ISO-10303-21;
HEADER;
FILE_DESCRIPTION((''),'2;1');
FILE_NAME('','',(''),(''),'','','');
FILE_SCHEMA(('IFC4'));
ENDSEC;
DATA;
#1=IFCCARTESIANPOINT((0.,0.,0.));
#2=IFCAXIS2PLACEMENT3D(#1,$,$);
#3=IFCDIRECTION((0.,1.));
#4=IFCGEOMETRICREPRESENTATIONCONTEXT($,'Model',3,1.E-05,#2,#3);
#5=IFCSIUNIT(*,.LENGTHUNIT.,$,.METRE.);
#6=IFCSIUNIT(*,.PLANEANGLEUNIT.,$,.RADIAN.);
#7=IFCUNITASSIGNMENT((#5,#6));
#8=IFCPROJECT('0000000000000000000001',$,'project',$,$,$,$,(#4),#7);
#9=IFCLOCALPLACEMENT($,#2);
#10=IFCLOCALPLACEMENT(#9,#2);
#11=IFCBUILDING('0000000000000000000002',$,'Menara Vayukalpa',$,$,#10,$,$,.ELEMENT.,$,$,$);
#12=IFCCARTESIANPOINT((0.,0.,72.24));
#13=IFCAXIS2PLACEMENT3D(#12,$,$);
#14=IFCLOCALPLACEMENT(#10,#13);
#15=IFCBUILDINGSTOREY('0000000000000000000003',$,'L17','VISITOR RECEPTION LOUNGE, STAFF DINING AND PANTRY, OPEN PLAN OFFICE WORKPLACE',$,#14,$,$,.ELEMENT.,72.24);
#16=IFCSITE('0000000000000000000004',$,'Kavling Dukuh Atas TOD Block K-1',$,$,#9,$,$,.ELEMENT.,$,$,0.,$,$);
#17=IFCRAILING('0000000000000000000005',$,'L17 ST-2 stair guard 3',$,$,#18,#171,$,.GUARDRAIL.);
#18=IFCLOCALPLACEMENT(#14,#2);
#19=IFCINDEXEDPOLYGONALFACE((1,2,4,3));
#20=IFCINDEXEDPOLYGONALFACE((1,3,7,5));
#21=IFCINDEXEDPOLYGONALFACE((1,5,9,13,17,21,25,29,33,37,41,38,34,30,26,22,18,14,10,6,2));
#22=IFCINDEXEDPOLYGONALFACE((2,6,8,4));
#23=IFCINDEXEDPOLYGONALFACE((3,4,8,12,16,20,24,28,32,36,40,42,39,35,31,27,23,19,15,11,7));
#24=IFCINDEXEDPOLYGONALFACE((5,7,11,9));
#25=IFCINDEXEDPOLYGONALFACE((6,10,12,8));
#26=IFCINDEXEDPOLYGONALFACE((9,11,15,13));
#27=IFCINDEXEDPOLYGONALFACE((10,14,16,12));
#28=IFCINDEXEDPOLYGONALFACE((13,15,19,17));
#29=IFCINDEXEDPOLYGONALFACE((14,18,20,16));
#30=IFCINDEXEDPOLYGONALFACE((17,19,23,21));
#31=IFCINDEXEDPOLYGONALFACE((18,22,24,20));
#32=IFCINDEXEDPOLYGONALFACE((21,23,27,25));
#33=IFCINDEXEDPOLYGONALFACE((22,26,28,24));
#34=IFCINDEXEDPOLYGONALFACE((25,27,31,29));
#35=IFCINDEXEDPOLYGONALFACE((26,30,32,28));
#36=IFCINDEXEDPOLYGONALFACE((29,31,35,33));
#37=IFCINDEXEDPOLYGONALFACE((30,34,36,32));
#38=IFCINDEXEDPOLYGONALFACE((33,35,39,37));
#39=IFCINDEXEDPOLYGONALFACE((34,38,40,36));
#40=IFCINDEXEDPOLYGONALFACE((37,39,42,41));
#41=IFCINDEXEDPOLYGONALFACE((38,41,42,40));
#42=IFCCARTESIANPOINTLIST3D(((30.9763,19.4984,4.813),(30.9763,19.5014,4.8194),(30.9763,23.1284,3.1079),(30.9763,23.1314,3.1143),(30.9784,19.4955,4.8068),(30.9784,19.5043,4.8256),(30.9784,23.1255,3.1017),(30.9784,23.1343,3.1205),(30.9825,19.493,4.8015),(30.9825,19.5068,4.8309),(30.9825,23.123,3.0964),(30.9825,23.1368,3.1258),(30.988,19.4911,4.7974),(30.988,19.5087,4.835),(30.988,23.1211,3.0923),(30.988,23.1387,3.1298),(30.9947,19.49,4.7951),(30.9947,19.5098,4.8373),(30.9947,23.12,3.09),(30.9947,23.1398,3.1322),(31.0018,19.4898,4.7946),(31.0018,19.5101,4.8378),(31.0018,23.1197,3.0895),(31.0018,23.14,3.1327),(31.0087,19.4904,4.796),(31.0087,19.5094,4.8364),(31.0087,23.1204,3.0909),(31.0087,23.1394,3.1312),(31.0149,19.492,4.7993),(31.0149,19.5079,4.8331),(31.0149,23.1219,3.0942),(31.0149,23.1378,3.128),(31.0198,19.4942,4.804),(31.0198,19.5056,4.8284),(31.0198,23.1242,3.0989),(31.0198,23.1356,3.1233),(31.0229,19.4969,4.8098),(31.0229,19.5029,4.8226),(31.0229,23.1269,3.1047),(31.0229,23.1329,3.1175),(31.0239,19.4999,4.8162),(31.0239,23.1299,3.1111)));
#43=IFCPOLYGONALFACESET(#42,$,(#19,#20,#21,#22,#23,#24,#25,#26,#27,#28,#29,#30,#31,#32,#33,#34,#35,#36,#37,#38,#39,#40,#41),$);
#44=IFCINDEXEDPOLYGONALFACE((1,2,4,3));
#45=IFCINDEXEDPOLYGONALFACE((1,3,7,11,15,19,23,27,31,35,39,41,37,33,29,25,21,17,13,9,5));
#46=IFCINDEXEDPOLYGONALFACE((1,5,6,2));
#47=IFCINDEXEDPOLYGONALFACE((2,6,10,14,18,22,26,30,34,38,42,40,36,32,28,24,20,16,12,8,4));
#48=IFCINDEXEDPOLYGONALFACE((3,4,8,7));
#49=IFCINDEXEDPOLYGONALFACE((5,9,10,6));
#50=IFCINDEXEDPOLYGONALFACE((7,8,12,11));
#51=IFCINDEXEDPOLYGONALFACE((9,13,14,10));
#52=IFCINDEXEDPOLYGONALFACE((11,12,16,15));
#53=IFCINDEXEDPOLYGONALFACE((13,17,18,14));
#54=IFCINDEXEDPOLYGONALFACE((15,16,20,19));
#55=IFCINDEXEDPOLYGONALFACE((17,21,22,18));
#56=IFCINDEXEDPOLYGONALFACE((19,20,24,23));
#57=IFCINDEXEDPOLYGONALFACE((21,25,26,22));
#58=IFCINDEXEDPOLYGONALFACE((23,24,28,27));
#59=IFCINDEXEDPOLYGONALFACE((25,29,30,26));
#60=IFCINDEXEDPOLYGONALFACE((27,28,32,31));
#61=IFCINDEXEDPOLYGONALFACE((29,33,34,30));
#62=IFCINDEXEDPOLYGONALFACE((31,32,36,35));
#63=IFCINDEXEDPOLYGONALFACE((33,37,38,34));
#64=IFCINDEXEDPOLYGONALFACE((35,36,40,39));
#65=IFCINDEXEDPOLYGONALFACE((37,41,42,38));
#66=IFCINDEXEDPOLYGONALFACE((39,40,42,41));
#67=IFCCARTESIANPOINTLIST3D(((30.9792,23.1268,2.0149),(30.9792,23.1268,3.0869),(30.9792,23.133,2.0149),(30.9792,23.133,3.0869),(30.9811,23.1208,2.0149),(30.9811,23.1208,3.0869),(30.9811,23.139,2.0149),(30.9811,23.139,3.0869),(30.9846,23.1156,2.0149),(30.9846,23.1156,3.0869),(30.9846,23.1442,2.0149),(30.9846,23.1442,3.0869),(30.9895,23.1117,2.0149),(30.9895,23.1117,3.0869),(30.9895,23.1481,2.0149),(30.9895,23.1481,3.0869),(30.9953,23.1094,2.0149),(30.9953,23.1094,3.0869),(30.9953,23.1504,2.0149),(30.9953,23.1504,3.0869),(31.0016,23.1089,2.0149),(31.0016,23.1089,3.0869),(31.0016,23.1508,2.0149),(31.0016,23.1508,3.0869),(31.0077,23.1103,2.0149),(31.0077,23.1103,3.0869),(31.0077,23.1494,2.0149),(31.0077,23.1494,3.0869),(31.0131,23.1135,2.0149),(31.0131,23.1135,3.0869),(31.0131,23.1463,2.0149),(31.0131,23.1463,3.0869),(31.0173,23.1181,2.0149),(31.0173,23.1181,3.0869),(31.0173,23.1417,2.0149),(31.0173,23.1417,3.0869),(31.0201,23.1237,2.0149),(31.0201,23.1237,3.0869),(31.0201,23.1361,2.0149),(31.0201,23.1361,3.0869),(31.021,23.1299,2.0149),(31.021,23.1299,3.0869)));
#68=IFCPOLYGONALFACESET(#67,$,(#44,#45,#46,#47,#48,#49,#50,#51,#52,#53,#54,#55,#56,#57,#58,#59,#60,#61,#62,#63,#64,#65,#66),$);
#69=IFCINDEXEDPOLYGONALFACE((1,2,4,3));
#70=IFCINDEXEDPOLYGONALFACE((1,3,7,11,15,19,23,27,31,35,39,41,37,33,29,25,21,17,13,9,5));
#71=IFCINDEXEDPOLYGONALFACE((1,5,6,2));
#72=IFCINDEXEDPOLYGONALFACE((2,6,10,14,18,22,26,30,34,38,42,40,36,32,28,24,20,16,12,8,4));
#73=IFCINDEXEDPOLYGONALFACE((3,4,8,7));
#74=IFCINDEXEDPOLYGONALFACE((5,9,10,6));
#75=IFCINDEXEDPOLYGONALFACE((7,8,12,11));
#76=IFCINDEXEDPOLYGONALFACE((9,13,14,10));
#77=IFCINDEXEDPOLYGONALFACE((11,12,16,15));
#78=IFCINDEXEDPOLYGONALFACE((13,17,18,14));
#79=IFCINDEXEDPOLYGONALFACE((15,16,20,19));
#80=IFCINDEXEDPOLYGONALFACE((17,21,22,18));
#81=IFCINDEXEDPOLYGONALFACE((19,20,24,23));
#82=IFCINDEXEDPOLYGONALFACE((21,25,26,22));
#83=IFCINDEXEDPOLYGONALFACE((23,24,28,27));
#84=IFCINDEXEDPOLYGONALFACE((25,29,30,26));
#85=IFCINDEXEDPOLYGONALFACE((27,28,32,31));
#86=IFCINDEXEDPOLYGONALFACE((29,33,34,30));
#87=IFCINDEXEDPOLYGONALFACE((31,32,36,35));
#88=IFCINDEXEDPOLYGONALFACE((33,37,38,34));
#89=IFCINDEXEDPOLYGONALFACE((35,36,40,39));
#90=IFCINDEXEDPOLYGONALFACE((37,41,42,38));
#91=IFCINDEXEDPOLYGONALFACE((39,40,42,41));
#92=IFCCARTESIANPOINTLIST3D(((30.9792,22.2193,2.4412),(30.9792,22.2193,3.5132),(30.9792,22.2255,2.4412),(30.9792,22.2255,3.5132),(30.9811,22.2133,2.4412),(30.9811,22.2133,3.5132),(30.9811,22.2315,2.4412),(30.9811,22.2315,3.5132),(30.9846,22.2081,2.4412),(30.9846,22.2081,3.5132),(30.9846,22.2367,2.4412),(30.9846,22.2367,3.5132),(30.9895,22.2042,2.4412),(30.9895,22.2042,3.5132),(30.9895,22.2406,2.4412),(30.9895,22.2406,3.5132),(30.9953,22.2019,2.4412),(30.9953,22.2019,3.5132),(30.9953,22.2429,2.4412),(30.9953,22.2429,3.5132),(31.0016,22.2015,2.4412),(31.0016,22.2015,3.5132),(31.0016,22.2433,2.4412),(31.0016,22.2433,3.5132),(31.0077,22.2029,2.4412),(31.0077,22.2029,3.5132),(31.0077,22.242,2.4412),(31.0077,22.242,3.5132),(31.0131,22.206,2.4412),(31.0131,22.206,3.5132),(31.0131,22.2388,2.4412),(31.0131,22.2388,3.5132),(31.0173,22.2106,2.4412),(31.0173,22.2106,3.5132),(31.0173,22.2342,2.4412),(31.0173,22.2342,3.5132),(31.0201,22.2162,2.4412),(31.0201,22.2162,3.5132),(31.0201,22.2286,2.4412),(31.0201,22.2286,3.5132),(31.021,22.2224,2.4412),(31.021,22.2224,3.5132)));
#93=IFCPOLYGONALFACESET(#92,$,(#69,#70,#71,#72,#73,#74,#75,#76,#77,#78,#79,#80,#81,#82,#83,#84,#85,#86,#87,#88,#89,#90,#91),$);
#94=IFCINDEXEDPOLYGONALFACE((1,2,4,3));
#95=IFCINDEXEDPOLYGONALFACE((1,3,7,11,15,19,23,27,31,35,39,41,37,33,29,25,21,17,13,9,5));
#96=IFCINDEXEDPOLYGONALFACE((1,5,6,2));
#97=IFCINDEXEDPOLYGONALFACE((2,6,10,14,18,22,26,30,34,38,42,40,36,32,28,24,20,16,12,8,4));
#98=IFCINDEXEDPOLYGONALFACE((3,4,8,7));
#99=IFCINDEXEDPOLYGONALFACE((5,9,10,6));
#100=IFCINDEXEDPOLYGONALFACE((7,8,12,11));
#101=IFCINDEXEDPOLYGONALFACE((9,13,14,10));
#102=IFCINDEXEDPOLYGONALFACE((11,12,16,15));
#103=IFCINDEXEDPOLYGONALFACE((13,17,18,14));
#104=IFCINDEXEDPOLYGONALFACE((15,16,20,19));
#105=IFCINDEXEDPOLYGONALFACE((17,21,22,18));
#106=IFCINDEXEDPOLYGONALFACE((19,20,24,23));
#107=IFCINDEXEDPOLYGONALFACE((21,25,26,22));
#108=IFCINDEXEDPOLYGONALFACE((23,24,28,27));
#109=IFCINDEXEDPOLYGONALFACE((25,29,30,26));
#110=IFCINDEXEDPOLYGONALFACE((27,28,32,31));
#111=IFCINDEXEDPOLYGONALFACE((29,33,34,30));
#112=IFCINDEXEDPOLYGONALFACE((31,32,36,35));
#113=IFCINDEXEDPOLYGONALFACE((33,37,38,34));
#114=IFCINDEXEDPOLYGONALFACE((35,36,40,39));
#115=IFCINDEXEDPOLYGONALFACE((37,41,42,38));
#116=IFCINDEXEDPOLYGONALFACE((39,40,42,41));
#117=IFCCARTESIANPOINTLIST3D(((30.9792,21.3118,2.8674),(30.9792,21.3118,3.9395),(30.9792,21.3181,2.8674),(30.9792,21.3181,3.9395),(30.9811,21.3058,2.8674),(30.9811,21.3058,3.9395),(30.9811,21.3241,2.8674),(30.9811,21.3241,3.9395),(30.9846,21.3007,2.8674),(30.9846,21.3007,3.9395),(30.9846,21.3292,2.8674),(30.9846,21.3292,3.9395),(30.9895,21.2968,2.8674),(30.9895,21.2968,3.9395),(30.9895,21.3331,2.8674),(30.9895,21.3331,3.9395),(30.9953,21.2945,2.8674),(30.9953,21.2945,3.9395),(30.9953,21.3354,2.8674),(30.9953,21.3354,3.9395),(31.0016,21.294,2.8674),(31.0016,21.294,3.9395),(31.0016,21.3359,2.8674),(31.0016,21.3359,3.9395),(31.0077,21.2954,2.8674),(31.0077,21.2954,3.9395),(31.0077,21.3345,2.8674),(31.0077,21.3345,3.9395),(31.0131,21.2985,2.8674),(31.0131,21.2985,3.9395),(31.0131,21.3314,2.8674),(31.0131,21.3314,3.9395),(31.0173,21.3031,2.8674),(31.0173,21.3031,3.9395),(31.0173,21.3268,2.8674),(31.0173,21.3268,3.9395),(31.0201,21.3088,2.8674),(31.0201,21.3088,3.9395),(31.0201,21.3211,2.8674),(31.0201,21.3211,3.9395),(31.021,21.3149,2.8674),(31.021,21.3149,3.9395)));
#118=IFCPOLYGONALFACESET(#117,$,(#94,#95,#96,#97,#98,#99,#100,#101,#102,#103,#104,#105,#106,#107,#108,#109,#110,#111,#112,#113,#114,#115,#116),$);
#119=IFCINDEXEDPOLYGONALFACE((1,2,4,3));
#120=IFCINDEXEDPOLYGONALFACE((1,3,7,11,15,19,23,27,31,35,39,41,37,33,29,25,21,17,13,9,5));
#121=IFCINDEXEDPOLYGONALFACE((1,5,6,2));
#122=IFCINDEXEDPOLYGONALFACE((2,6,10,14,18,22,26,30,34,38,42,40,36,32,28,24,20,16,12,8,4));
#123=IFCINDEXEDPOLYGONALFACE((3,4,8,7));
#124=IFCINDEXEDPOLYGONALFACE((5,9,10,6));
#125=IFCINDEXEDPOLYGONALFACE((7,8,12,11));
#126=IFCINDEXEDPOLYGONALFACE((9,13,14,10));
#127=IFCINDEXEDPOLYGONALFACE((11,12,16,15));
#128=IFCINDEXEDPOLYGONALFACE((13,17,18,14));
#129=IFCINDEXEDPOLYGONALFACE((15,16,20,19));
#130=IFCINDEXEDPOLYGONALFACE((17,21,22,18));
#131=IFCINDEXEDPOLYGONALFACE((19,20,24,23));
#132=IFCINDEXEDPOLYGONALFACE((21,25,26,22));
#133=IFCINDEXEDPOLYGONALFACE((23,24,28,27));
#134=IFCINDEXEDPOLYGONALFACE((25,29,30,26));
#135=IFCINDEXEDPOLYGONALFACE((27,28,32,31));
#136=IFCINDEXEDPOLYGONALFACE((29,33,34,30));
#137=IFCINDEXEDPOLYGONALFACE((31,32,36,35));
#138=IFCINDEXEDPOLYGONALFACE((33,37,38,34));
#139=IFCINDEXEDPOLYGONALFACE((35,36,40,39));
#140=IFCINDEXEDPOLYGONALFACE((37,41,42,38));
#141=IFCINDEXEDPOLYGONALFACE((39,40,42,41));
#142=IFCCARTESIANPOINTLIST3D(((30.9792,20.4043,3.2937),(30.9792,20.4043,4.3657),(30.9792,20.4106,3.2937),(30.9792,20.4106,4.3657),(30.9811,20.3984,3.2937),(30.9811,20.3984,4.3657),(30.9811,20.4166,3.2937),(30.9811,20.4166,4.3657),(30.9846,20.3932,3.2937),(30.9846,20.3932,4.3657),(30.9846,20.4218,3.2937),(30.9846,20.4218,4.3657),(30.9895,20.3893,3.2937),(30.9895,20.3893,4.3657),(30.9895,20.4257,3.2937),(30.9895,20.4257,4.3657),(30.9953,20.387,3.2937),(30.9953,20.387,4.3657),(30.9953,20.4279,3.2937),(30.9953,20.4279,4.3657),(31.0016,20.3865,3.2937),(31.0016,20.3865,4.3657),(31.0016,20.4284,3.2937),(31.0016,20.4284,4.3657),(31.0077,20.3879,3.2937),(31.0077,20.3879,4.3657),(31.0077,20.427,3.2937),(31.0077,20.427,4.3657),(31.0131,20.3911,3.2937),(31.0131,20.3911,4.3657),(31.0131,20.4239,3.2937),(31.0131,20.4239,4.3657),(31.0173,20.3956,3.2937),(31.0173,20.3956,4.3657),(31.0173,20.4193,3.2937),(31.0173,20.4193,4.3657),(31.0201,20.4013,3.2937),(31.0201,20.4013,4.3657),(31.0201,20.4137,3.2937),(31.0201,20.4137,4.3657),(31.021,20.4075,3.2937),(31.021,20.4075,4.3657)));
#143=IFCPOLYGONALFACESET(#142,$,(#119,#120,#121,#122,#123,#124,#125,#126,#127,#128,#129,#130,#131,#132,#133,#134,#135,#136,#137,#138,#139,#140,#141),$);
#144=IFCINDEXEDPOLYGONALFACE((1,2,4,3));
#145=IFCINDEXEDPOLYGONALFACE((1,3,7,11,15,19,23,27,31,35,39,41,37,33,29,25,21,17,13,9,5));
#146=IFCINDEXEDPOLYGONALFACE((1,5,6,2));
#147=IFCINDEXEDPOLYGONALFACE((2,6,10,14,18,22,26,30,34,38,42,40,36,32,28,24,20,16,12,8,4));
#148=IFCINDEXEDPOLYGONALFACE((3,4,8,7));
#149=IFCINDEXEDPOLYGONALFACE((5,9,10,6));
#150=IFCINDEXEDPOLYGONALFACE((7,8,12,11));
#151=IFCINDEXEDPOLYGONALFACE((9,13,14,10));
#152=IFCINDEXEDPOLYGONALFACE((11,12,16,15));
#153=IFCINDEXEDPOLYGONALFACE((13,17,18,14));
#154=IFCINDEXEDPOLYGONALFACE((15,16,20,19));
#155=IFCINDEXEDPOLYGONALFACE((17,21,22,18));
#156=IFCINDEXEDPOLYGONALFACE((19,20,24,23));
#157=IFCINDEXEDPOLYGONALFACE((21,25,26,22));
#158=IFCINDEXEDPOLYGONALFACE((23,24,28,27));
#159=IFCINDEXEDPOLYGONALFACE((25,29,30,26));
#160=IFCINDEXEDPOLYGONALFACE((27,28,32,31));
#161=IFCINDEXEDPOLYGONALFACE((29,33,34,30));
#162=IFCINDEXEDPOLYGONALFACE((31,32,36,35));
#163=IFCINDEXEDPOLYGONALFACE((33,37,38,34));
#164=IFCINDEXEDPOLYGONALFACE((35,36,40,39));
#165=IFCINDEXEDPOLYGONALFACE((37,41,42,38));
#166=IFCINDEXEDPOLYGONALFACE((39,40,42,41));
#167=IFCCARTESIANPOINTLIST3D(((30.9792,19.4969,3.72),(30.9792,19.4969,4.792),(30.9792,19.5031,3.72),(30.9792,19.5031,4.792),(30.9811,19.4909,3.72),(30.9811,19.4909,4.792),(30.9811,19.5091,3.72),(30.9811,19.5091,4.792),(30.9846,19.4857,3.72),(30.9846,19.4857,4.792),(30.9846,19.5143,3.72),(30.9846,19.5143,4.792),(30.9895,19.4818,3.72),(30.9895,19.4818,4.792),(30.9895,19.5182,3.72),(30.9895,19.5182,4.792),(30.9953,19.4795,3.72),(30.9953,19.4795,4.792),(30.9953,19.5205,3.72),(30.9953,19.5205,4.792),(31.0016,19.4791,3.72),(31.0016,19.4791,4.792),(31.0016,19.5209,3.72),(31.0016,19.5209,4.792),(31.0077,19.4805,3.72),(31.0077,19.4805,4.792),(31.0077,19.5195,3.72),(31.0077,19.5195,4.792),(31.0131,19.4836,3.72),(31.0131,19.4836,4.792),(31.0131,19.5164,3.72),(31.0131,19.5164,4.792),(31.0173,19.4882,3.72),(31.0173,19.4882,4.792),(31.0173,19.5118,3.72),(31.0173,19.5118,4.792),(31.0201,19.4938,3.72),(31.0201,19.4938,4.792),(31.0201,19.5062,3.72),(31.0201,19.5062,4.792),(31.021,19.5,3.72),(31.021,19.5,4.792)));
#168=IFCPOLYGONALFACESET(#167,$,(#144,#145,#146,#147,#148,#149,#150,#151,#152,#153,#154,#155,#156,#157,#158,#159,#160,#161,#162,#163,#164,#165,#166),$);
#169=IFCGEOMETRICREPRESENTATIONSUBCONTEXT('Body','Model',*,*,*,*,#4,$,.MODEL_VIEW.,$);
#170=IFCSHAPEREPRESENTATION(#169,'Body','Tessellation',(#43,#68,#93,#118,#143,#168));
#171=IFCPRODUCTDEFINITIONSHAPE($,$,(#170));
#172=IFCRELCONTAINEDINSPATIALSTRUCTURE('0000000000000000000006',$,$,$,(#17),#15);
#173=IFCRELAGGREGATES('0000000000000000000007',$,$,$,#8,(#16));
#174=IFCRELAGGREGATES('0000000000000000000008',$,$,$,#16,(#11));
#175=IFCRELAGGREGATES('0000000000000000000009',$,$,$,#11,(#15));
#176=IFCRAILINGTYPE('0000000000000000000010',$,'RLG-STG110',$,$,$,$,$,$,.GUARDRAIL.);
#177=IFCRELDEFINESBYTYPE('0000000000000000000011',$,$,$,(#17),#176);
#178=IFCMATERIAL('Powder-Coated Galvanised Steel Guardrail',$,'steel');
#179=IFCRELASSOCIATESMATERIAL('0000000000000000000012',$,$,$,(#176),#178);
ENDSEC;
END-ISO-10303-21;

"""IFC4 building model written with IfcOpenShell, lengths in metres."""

from ifc_helpers import new_model, si_unit, direction, frame, origin, origin_2d, place, context, subcontext, project, spatial, circle, extrude, material, type_object, element, save


model = new_model("IFC4")

# Units and contexts
model_context = context("Model", 3, precision=1e-05, world=origin(), true_north=direction((0.0, 1.0)))
body_context = subcontext(model_context, "Body", "Model", "MODEL_VIEW")
ifc_project = project(units=[si_unit("LENGTHUNIT", "METRE"), si_unit("PLANEANGLEUNIT", "RADIAN")], contexts=[model_context])

# Site, building, storey
site_placement = place(None, origin())
site = spatial("IfcSite", under=ifc_project, at=site_placement, Name="Kavling Dukuh Atas TOD Block K-1", CompositionType="ELEMENT", RefElevation=0.0)
building_placement = place(site_placement, origin())
building = spatial("IfcBuilding", under=site, at=building_placement, Name="Menara Vayukalpa", CompositionType="ELEMENT")
storey_placement = place(building_placement, frame((0.0, 0.0, 72.24)))
storey = spatial("IfcBuildingStorey", under=building, at=storey_placement, Name="L17", Description="VISITOR RECEPTION LOUNGE, STAFF DINING AND PANTRY, OPEN PLAN OFFICE WORKPLACE", CompositionType="ELEMENT", Elevation=72.24)

# Railing
ifc_material_1 = material(Name="Powder-Coated Galvanised Steel Guardrail", Category="steel")
railing_type_1 = type_object("IfcRailingType", Name="RLG-STG110", PredefinedType="GUARDRAIL", material=ifc_material_1)
railing_1_placement = place(storey_placement, frame((31.0, 23.1299, 2.0149)))
element("IfcRailing", 1, at=railing_1_placement, inside=storey, type_object=railing_type_1, Name="L17 ST-2 stair guard 3", PredefinedType="GUARDRAIL", context=body_context, shape_type="SweptSolid", body=[
    extrude(circle(Radius=0.0239, at=origin_2d()), frame((0.0, 0.0, 1.0962), z_axis=(0.0, -0.905116, 0.425164), x_axis=(1.0, 0.0, 0.0)), (0.0, 0.0, 1.0), 4.0105),
    extrude(circle(Radius=0.021, at=origin_2d()), origin(), (0.0, 0.0, 1.0), 1.072),
    extrude(circle(Radius=0.021, at=origin_2d()), frame((0.0, -0.9075, 0.4263)), (0.0, 0.0, 1.0), 1.072),
    extrude(circle(Radius=0.021, at=origin_2d()), frame((0.0, -1.8149, 0.8525)), (0.0, 0.0, 1.0), 1.072),
    extrude(circle(Radius=0.021, at=origin_2d()), frame((0.0, -2.7224, 1.2788)), (0.0, 0.0, 1.0), 1.072),
    extrude(circle(Radius=0.021, at=origin_2d()), frame((0.0, -3.6299, 1.7051)), (0.0, 0.0, 1.0), 1.072),
])

save(model, "model.ifc")
